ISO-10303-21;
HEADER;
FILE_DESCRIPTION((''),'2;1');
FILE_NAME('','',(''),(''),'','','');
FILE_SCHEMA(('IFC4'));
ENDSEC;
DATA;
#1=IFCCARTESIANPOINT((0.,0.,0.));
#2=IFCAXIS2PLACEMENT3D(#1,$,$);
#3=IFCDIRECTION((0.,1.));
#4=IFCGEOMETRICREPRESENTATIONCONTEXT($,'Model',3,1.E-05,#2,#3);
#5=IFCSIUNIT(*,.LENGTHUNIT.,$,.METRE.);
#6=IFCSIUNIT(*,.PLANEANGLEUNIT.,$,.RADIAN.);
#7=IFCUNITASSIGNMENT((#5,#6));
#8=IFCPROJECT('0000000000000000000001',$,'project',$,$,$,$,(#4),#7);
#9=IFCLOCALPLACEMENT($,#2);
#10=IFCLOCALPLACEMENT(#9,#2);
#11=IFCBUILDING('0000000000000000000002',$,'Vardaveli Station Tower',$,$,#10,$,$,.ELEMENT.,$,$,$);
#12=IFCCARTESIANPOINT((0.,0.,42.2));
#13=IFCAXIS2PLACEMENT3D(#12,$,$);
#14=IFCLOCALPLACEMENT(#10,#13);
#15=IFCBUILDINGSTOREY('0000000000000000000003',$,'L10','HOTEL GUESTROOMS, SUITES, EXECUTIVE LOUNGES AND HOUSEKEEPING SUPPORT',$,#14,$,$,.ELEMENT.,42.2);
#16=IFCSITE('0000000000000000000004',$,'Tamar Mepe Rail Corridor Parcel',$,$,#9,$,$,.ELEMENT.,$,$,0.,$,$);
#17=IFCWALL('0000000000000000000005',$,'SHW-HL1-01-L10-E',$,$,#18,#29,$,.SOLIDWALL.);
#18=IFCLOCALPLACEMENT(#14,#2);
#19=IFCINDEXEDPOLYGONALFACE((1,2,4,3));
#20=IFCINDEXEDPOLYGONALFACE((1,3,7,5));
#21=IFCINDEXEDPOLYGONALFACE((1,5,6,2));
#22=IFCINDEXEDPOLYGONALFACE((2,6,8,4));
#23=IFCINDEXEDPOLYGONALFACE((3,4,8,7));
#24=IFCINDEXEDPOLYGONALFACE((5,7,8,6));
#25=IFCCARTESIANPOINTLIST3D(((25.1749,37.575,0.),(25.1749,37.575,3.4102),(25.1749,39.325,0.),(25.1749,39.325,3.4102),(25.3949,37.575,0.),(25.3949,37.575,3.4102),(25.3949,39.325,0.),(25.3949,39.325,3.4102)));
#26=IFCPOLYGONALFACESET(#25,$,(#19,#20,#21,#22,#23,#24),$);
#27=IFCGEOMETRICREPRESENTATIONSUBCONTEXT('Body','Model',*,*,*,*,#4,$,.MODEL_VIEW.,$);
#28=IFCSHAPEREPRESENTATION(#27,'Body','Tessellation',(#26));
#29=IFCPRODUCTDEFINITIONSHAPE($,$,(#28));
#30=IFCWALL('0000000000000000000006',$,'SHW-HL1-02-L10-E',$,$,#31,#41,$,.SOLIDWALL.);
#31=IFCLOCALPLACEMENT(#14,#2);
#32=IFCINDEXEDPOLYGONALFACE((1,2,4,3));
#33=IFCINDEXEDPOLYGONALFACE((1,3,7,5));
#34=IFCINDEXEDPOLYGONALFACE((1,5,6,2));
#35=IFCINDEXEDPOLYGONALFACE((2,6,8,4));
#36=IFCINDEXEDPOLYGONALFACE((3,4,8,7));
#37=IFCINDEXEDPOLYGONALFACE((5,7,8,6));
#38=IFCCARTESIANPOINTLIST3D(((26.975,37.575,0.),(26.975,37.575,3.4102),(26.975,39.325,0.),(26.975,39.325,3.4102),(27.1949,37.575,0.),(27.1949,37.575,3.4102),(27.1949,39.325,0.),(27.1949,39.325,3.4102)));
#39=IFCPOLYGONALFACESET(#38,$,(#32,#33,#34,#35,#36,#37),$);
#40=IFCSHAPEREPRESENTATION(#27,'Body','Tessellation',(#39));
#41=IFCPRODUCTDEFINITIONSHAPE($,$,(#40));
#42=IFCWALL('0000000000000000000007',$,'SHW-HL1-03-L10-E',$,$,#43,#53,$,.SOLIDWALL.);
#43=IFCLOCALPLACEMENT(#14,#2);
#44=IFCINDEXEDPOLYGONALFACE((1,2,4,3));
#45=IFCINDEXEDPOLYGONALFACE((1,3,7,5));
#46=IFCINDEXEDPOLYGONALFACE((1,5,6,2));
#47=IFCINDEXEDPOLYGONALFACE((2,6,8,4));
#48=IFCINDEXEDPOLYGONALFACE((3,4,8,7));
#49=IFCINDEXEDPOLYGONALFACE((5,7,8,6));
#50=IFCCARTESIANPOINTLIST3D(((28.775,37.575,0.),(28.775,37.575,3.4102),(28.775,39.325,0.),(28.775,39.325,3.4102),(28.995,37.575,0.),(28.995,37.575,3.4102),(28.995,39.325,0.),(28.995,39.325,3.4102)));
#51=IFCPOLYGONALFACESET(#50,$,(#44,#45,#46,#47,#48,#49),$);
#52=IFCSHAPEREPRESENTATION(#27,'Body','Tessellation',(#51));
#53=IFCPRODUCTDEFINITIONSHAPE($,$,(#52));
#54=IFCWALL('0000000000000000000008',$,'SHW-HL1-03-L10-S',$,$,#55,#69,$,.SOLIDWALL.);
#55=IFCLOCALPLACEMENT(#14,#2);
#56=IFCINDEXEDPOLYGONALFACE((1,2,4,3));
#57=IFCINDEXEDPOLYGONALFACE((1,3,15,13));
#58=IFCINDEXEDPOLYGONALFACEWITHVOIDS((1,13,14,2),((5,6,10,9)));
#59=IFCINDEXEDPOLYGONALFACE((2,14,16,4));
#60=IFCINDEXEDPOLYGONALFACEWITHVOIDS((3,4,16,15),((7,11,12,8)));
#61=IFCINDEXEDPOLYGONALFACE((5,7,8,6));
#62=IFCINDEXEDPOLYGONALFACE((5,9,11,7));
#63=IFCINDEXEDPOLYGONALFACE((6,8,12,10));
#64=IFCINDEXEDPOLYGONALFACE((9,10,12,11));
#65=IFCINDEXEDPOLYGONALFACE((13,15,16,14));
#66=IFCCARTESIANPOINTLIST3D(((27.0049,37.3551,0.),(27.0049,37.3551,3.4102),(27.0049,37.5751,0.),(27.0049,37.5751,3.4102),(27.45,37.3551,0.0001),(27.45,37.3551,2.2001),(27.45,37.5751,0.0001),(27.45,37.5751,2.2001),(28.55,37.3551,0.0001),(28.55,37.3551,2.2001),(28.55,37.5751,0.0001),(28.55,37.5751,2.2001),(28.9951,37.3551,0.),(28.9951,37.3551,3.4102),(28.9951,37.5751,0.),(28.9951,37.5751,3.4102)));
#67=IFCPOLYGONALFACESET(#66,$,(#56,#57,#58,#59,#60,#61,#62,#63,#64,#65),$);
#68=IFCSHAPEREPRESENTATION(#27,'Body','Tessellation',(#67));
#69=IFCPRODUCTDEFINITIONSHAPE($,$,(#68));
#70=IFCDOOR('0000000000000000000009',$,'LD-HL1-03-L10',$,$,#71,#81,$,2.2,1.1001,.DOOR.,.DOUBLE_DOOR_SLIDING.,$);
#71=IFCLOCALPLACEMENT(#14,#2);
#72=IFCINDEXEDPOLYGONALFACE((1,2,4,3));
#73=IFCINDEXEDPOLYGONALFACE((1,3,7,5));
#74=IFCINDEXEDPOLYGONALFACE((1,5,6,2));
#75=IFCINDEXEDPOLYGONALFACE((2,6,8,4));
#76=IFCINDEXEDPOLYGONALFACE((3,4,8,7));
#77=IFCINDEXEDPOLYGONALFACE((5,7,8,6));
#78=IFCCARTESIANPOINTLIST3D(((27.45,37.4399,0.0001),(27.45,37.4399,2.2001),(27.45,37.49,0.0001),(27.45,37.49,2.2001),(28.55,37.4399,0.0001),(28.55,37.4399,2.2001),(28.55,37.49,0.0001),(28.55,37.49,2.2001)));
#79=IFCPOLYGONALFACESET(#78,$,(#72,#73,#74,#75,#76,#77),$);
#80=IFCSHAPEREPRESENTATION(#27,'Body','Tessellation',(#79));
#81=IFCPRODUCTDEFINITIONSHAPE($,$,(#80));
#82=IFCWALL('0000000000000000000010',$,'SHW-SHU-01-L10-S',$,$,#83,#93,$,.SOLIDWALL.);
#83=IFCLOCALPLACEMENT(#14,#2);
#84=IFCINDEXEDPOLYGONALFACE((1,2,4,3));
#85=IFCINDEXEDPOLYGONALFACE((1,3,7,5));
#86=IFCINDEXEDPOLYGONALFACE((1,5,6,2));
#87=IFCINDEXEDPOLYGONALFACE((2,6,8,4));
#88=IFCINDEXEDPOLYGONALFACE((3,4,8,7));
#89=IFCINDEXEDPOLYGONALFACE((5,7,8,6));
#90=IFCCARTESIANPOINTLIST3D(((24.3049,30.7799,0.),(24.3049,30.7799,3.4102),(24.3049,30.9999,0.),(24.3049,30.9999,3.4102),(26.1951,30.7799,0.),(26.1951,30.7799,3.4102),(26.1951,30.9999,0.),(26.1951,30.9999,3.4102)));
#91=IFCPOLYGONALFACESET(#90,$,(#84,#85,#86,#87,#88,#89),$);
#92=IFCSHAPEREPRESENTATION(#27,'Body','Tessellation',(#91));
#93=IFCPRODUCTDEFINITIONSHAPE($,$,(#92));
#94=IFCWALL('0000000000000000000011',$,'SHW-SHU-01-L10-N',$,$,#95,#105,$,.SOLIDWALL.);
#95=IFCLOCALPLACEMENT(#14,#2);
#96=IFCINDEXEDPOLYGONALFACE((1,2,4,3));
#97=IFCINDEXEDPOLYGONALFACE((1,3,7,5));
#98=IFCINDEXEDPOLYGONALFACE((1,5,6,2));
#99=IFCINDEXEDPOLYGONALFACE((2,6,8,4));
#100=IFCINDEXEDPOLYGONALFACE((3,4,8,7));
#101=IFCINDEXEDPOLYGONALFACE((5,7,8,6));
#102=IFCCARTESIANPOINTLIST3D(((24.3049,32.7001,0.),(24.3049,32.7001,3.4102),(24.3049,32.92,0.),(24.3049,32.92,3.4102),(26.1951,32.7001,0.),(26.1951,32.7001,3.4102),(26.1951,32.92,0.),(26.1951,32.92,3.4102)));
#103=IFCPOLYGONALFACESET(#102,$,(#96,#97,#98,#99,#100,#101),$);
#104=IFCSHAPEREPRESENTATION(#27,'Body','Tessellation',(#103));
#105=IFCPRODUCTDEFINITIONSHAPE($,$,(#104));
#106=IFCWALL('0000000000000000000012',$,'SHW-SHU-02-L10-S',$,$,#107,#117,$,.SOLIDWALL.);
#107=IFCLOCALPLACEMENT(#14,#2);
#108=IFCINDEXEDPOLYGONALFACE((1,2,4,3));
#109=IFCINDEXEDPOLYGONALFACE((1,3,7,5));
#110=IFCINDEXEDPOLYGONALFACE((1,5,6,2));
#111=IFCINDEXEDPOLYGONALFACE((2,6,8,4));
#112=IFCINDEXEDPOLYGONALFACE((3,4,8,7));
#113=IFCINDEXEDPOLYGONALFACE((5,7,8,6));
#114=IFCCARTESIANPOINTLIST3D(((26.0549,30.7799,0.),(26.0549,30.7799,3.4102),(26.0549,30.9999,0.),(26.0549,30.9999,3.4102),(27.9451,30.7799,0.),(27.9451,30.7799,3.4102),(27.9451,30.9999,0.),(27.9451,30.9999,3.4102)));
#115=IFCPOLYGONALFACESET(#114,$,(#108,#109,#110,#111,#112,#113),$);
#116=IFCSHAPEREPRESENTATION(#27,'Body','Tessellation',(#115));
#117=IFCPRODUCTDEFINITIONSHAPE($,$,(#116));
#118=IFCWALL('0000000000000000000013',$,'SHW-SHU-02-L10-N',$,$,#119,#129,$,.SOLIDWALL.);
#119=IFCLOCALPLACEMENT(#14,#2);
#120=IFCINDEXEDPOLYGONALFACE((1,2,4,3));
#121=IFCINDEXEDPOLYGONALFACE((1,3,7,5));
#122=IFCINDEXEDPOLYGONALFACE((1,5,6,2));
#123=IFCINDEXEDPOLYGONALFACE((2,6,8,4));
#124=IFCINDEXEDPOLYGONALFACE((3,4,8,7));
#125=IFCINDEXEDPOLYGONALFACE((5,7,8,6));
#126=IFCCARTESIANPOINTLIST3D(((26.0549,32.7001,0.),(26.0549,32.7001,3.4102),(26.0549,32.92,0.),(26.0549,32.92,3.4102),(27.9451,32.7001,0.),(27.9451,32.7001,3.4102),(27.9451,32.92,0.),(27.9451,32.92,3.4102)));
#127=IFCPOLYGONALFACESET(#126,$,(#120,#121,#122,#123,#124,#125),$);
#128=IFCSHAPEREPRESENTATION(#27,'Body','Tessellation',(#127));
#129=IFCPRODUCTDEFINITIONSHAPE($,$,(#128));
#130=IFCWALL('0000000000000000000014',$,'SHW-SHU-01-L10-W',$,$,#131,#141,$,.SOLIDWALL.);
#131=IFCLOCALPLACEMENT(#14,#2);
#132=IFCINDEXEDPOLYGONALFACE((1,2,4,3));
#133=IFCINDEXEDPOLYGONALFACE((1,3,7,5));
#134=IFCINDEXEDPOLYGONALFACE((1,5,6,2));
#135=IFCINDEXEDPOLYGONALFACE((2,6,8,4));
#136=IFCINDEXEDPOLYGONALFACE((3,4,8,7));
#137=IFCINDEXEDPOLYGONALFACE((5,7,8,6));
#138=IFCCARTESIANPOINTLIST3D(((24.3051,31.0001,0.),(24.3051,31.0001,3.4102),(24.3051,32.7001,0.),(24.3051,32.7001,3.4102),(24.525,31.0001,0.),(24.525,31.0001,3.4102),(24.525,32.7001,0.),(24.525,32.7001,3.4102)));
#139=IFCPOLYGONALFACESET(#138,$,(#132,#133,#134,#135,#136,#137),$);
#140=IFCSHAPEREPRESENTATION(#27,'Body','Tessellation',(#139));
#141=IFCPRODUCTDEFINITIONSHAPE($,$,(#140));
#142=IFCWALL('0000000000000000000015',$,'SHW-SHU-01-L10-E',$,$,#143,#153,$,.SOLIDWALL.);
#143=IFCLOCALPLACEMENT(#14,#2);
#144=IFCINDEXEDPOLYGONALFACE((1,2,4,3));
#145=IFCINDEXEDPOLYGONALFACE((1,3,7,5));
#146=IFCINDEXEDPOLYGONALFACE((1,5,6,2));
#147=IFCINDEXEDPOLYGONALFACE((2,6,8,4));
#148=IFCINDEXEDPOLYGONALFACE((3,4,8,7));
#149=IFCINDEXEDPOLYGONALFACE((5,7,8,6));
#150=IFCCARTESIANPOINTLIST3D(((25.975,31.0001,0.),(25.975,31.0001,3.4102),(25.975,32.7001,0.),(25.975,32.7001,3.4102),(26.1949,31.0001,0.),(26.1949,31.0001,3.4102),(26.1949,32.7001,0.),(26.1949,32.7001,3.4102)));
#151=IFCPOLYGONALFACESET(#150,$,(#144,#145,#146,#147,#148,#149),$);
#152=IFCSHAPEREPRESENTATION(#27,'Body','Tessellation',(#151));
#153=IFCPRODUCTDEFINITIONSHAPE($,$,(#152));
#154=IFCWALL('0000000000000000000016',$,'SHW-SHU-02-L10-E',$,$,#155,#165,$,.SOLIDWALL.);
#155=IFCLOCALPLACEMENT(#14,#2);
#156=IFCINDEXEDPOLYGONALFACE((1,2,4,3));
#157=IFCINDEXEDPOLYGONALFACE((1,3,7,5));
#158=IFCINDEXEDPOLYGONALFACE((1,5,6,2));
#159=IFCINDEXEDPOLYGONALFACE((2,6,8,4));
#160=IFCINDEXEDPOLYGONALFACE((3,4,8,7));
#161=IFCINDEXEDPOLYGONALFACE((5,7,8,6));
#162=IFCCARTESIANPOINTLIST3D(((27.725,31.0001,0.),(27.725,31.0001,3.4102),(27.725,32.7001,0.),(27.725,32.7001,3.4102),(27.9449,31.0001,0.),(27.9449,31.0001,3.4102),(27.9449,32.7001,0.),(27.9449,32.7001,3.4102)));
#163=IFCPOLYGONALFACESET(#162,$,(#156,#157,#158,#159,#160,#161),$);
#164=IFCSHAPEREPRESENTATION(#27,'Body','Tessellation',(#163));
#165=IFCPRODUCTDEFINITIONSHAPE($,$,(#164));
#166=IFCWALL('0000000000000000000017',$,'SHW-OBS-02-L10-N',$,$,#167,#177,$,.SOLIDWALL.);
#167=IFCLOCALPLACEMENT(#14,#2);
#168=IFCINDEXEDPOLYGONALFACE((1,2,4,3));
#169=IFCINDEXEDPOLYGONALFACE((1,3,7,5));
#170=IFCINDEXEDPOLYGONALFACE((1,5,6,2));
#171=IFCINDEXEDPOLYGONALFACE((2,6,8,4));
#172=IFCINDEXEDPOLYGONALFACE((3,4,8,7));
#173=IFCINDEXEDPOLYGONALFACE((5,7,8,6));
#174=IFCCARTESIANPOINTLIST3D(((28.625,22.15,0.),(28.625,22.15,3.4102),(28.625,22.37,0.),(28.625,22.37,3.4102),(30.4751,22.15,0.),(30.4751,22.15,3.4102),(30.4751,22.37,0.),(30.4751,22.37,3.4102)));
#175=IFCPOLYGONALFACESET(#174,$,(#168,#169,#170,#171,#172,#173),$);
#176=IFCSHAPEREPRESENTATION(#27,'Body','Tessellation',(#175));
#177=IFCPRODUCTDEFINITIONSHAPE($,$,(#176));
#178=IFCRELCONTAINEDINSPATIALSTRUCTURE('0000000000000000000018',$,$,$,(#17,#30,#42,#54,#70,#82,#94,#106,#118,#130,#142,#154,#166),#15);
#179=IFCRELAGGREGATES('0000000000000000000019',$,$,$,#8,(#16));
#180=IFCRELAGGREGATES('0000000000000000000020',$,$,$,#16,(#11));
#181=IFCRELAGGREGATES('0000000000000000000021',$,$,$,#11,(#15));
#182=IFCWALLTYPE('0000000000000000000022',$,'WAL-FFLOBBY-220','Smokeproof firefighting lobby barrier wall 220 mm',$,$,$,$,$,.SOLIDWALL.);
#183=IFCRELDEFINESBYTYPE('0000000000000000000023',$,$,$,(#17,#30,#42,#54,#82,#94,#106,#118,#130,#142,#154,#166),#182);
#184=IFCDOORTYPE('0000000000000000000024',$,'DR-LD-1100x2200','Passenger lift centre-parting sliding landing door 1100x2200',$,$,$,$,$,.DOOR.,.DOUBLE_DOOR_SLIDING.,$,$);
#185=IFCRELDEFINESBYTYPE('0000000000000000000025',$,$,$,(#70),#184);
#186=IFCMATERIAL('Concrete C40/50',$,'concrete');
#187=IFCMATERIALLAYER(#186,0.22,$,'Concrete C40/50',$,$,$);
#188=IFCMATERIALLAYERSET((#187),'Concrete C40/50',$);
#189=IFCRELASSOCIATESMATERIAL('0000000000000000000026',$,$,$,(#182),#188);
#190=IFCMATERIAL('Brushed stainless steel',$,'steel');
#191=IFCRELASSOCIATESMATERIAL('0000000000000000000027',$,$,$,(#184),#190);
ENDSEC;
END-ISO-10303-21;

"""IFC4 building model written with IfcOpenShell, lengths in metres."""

from ifc_helpers import new_model, si_unit, direction, frame, frame_2d, origin, place, context, subcontext, project, spatial, rectangle, extrude, source, transform, mapped, material, layer, layer_set, type_object, element, fill, save


model = new_model("IFC4")

# Units and contexts
model_context = context("Model", 3, precision=1e-05, world=origin(), true_north=direction((0.0, 1.0)))
body_context = subcontext(model_context, "Body", "Model", "MODEL_VIEW")
ifc_project = project(units=[si_unit("LENGTHUNIT", "METRE"), si_unit("PLANEANGLEUNIT", "RADIAN")], contexts=[model_context])

# Site, building, storey
site_placement = place(None, origin())
site = spatial("IfcSite", under=ifc_project, at=site_placement, Name="Tamar Mepe Rail Corridor Parcel", CompositionType="ELEMENT", RefElevation=0.0)
building_placement = place(site_placement, origin())
building = spatial("IfcBuilding", under=site, at=building_placement, Name="Vardaveli Station Tower", CompositionType="ELEMENT")
storey_placement = place(building_placement, frame((0.0, 0.0, 42.2)))
storey = spatial("IfcBuildingStorey", under=building, at=storey_placement, Name="L10", Description="HOTEL GUESTROOMS, SUITES, EXECUTIVE LOUNGES AND HOUSEKEEPING SUPPORT", CompositionType="ELEMENT", Elevation=42.2)

# Shared definitions
ifc_material_1 = material(Name="Concrete C40/50", Category="concrete")
ifc_layer_1 = layer(ifc_material_1, 0.22, Name="Concrete C40/50")
ifc_layer_set_1 = layer_set([ifc_layer_1], Name="Concrete C40/50")
wall_type_1 = type_object("IfcWallType", Name="WAL-FFLOBBY-220", Description="Smokeproof firefighting lobby barrier wall 220 mm", PredefinedType="SOLIDWALL", material=ifc_layer_set_1)
shared_shape_1 = source(origin(), body_context, "Body", "SweptSolid", [
    extrude(rectangle(XDim=1.1001, YDim=2.2, at=frame_2d((0.55, 1.1001))), frame((0.0, 0.1201, 0.0), z_axis=(0.0, -1.0, 0.0), x_axis=(1.0, 0.0, 0.0)), (0.0, 0.0, 1.0), 0.24),
])
ifc_material_2 = material(Name="Brushed stainless steel", Category="steel")
door_type_1 = type_object("IfcDoorType", Name="DR-LD-1100x2200", Description="Passenger lift centre-parting sliding landing door 1100x2200", OperationType="DOUBLE_DOOR_SLIDING", PredefinedType="DOOR", material=ifc_material_2)
shared_shape_2 = source(origin(), body_context, "Body", "SweptSolid", [
    extrude(rectangle(XDim=1.1001, YDim=2.2, at=frame_2d((0.55, 1.1001))), frame((0.0, 0.0249, 0.0), z_axis=(0.0, -1.0, 0.0), x_axis=(1.0, 0.0, 0.0)), (0.0, 0.0, 1.0), 0.05),
])

# Walls
shared_shape_3 = source(origin(), body_context, "Body", "SweptSolid", [
    extrude(rectangle(XDim=1.75, YDim=0.22, at=frame_2d((0.875, 0.0))), origin(), (0.0, 0.0, 1.0), 3.4102),
])
for number, where, z_axis, x_axis, name in (
    (1, (25.2849, 37.575, 0.0), (0.0, 0.0, 1.0), (0.0, 1.0, 0.0), "SHW-HL1-01-L10-E"),
    (2, (27.085, 37.575, 0.0), (0.0, 0.0, 1.0), (0.0, 1.0, 0.0), "SHW-HL1-02-L10-E"),
    (3, (28.885, 37.575, 0.0), (0.0, 0.0, 1.0), (0.0, 1.0, 0.0), "SHW-HL1-03-L10-E"),
):
    element("IfcWall", number, at=place(storey_placement, frame(where, z_axis=z_axis, x_axis=x_axis)), inside=storey, type_object=wall_type_1, Name=name, PredefinedType="SOLIDWALL", context=body_context, shape_type="MappedRepresentation", body=[
        mapped(shared_shape_3, transform((0.0, 0.0, 0.0), scale=1.0)),
    ])

# Wall, opening, door
shared_shape_4 = source(origin(), body_context, "Body", "SweptSolid", [
    extrude(rectangle(XDim=1.9902, YDim=0.22, at=frame_2d((0.9951, 0.0))), origin(), (0.0, 0.0, 1.0), 3.4102),
])
wall_1_placement = place(storey_placement, frame((27.0049, 37.4651, 0.0), z_axis=(0.0, 0.0, 1.0), x_axis=(1.0, 0.0, 0.0)))
wall_1 = element("IfcWall", 4, at=wall_1_placement, inside=storey, type_object=wall_type_1, Name="SHW-HL1-03-L10-S", PredefinedType="SOLIDWALL", context=body_context, shape_type="MappedRepresentation", body=[
    mapped(shared_shape_4, transform((0.0, 0.0, 0.0), scale=1.0)),
])
opening_1_placement = place(wall_1_placement, frame((0.4451, 0.0, 0.0)))
opening_1 = element("IfcOpeningElement", 5, at=opening_1_placement, cuts=wall_1, PredefinedType="OPENING", context=body_context, shape_type="MappedRepresentation", body=[
    mapped(shared_shape_1, transform((0.0, 0.0, 0.0), scale=1.0)),
])
door_1_placement = place(opening_1_placement, origin())
door_1 = element("IfcDoor", 6, at=door_1_placement, inside=storey, type_object=door_type_1, Name="LD-HL1-03-L10", OperationType="DOUBLE_DOOR_SLIDING", OverallHeight=2.2, OverallWidth=1.1001, PredefinedType="DOOR", context=body_context, shape_type="MappedRepresentation", body=[
    mapped(shared_shape_2, transform((0.0, 0.0, 0.0), scale=1.0)),
])
fill(opening_1, door_1)

# Walls
shared_shape_5 = source(origin(), body_context, "Body", "SweptSolid", [
    extrude(rectangle(XDim=1.8901, YDim=0.22, at=frame_2d((0.9451, 0.0))), origin(), (0.0, 0.0, 1.0), 3.4102),
])
for number, where, z_axis, x_axis, name in (
    (7, (24.3049, 30.8899, 0.0), (0.0, 0.0, 1.0), (1.0, 0.0, 0.0), "SHW-SHU-01-L10-S"),
    (8, (24.3049, 32.8101, 0.0), (0.0, 0.0, 1.0), (1.0, 0.0, 0.0), "SHW-SHU-01-L10-N"),
    (9, (26.0549, 30.8899, 0.0), (0.0, 0.0, 1.0), (1.0, 0.0, 0.0), "SHW-SHU-02-L10-S"),
    (10, (26.0549, 32.8101, 0.0), (0.0, 0.0, 1.0), (1.0, 0.0, 0.0), "SHW-SHU-02-L10-N"),
):
    element("IfcWall", number, at=place(storey_placement, frame(where, z_axis=z_axis, x_axis=x_axis)), inside=storey, type_object=wall_type_1, Name=name, PredefinedType="SOLIDWALL", context=body_context, shape_type="MappedRepresentation", body=[
        mapped(shared_shape_5, transform((0.0, 0.0, 0.0), scale=1.0)),
    ])
shared_shape_6 = source(origin(), body_context, "Body", "SweptSolid", [
    extrude(rectangle(XDim=1.7, YDim=0.22, at=frame_2d((0.8501, 0.0))), origin(), (0.0, 0.0, 1.0), 3.4102),
])
for number, where, z_axis, x_axis, name in (
    (11, (24.415, 31.0, 0.0), (0.0, 0.0, 1.0), (0.0, 1.0, 0.0), "SHW-SHU-01-L10-W"),
    (12, (26.085, 31.0, 0.0), (0.0, 0.0, 1.0), (0.0, 1.0, 0.0), "SHW-SHU-01-L10-E"),
    (13, (27.835, 31.0, 0.0), (0.0, 0.0, 1.0), (0.0, 1.0, 0.0), "SHW-SHU-02-L10-E"),
):
    element("IfcWall", number, at=place(storey_placement, frame(where, z_axis=z_axis, x_axis=x_axis)), inside=storey, type_object=wall_type_1, Name=name, PredefinedType="SOLIDWALL", context=body_context, shape_type="MappedRepresentation", body=[
        mapped(shared_shape_6, transform((0.0, 0.0, 0.0), scale=1.0)),
    ])
shared_shape_7 = source(origin(), body_context, "Body", "SweptSolid", [
    extrude(rectangle(XDim=1.8501, YDim=0.22, at=frame_2d((0.925, 0.0))), origin(), (0.0, 0.0, 1.0), 3.4102),
])
wall_2_placement = place(storey_placement, frame((28.625, 22.26, 0.0), z_axis=(0.0, 0.0, 1.0), x_axis=(1.0, 0.0, 0.0)))
element("IfcWall", 14, at=wall_2_placement, inside=storey, type_object=wall_type_1, Name="SHW-OBS-02-L10-N", PredefinedType="SOLIDWALL", context=body_context, shape_type="MappedRepresentation", body=[
    mapped(shared_shape_7, transform((0.0, 0.0, 0.0), scale=1.0)),
])

save(model, "model.ifc")
